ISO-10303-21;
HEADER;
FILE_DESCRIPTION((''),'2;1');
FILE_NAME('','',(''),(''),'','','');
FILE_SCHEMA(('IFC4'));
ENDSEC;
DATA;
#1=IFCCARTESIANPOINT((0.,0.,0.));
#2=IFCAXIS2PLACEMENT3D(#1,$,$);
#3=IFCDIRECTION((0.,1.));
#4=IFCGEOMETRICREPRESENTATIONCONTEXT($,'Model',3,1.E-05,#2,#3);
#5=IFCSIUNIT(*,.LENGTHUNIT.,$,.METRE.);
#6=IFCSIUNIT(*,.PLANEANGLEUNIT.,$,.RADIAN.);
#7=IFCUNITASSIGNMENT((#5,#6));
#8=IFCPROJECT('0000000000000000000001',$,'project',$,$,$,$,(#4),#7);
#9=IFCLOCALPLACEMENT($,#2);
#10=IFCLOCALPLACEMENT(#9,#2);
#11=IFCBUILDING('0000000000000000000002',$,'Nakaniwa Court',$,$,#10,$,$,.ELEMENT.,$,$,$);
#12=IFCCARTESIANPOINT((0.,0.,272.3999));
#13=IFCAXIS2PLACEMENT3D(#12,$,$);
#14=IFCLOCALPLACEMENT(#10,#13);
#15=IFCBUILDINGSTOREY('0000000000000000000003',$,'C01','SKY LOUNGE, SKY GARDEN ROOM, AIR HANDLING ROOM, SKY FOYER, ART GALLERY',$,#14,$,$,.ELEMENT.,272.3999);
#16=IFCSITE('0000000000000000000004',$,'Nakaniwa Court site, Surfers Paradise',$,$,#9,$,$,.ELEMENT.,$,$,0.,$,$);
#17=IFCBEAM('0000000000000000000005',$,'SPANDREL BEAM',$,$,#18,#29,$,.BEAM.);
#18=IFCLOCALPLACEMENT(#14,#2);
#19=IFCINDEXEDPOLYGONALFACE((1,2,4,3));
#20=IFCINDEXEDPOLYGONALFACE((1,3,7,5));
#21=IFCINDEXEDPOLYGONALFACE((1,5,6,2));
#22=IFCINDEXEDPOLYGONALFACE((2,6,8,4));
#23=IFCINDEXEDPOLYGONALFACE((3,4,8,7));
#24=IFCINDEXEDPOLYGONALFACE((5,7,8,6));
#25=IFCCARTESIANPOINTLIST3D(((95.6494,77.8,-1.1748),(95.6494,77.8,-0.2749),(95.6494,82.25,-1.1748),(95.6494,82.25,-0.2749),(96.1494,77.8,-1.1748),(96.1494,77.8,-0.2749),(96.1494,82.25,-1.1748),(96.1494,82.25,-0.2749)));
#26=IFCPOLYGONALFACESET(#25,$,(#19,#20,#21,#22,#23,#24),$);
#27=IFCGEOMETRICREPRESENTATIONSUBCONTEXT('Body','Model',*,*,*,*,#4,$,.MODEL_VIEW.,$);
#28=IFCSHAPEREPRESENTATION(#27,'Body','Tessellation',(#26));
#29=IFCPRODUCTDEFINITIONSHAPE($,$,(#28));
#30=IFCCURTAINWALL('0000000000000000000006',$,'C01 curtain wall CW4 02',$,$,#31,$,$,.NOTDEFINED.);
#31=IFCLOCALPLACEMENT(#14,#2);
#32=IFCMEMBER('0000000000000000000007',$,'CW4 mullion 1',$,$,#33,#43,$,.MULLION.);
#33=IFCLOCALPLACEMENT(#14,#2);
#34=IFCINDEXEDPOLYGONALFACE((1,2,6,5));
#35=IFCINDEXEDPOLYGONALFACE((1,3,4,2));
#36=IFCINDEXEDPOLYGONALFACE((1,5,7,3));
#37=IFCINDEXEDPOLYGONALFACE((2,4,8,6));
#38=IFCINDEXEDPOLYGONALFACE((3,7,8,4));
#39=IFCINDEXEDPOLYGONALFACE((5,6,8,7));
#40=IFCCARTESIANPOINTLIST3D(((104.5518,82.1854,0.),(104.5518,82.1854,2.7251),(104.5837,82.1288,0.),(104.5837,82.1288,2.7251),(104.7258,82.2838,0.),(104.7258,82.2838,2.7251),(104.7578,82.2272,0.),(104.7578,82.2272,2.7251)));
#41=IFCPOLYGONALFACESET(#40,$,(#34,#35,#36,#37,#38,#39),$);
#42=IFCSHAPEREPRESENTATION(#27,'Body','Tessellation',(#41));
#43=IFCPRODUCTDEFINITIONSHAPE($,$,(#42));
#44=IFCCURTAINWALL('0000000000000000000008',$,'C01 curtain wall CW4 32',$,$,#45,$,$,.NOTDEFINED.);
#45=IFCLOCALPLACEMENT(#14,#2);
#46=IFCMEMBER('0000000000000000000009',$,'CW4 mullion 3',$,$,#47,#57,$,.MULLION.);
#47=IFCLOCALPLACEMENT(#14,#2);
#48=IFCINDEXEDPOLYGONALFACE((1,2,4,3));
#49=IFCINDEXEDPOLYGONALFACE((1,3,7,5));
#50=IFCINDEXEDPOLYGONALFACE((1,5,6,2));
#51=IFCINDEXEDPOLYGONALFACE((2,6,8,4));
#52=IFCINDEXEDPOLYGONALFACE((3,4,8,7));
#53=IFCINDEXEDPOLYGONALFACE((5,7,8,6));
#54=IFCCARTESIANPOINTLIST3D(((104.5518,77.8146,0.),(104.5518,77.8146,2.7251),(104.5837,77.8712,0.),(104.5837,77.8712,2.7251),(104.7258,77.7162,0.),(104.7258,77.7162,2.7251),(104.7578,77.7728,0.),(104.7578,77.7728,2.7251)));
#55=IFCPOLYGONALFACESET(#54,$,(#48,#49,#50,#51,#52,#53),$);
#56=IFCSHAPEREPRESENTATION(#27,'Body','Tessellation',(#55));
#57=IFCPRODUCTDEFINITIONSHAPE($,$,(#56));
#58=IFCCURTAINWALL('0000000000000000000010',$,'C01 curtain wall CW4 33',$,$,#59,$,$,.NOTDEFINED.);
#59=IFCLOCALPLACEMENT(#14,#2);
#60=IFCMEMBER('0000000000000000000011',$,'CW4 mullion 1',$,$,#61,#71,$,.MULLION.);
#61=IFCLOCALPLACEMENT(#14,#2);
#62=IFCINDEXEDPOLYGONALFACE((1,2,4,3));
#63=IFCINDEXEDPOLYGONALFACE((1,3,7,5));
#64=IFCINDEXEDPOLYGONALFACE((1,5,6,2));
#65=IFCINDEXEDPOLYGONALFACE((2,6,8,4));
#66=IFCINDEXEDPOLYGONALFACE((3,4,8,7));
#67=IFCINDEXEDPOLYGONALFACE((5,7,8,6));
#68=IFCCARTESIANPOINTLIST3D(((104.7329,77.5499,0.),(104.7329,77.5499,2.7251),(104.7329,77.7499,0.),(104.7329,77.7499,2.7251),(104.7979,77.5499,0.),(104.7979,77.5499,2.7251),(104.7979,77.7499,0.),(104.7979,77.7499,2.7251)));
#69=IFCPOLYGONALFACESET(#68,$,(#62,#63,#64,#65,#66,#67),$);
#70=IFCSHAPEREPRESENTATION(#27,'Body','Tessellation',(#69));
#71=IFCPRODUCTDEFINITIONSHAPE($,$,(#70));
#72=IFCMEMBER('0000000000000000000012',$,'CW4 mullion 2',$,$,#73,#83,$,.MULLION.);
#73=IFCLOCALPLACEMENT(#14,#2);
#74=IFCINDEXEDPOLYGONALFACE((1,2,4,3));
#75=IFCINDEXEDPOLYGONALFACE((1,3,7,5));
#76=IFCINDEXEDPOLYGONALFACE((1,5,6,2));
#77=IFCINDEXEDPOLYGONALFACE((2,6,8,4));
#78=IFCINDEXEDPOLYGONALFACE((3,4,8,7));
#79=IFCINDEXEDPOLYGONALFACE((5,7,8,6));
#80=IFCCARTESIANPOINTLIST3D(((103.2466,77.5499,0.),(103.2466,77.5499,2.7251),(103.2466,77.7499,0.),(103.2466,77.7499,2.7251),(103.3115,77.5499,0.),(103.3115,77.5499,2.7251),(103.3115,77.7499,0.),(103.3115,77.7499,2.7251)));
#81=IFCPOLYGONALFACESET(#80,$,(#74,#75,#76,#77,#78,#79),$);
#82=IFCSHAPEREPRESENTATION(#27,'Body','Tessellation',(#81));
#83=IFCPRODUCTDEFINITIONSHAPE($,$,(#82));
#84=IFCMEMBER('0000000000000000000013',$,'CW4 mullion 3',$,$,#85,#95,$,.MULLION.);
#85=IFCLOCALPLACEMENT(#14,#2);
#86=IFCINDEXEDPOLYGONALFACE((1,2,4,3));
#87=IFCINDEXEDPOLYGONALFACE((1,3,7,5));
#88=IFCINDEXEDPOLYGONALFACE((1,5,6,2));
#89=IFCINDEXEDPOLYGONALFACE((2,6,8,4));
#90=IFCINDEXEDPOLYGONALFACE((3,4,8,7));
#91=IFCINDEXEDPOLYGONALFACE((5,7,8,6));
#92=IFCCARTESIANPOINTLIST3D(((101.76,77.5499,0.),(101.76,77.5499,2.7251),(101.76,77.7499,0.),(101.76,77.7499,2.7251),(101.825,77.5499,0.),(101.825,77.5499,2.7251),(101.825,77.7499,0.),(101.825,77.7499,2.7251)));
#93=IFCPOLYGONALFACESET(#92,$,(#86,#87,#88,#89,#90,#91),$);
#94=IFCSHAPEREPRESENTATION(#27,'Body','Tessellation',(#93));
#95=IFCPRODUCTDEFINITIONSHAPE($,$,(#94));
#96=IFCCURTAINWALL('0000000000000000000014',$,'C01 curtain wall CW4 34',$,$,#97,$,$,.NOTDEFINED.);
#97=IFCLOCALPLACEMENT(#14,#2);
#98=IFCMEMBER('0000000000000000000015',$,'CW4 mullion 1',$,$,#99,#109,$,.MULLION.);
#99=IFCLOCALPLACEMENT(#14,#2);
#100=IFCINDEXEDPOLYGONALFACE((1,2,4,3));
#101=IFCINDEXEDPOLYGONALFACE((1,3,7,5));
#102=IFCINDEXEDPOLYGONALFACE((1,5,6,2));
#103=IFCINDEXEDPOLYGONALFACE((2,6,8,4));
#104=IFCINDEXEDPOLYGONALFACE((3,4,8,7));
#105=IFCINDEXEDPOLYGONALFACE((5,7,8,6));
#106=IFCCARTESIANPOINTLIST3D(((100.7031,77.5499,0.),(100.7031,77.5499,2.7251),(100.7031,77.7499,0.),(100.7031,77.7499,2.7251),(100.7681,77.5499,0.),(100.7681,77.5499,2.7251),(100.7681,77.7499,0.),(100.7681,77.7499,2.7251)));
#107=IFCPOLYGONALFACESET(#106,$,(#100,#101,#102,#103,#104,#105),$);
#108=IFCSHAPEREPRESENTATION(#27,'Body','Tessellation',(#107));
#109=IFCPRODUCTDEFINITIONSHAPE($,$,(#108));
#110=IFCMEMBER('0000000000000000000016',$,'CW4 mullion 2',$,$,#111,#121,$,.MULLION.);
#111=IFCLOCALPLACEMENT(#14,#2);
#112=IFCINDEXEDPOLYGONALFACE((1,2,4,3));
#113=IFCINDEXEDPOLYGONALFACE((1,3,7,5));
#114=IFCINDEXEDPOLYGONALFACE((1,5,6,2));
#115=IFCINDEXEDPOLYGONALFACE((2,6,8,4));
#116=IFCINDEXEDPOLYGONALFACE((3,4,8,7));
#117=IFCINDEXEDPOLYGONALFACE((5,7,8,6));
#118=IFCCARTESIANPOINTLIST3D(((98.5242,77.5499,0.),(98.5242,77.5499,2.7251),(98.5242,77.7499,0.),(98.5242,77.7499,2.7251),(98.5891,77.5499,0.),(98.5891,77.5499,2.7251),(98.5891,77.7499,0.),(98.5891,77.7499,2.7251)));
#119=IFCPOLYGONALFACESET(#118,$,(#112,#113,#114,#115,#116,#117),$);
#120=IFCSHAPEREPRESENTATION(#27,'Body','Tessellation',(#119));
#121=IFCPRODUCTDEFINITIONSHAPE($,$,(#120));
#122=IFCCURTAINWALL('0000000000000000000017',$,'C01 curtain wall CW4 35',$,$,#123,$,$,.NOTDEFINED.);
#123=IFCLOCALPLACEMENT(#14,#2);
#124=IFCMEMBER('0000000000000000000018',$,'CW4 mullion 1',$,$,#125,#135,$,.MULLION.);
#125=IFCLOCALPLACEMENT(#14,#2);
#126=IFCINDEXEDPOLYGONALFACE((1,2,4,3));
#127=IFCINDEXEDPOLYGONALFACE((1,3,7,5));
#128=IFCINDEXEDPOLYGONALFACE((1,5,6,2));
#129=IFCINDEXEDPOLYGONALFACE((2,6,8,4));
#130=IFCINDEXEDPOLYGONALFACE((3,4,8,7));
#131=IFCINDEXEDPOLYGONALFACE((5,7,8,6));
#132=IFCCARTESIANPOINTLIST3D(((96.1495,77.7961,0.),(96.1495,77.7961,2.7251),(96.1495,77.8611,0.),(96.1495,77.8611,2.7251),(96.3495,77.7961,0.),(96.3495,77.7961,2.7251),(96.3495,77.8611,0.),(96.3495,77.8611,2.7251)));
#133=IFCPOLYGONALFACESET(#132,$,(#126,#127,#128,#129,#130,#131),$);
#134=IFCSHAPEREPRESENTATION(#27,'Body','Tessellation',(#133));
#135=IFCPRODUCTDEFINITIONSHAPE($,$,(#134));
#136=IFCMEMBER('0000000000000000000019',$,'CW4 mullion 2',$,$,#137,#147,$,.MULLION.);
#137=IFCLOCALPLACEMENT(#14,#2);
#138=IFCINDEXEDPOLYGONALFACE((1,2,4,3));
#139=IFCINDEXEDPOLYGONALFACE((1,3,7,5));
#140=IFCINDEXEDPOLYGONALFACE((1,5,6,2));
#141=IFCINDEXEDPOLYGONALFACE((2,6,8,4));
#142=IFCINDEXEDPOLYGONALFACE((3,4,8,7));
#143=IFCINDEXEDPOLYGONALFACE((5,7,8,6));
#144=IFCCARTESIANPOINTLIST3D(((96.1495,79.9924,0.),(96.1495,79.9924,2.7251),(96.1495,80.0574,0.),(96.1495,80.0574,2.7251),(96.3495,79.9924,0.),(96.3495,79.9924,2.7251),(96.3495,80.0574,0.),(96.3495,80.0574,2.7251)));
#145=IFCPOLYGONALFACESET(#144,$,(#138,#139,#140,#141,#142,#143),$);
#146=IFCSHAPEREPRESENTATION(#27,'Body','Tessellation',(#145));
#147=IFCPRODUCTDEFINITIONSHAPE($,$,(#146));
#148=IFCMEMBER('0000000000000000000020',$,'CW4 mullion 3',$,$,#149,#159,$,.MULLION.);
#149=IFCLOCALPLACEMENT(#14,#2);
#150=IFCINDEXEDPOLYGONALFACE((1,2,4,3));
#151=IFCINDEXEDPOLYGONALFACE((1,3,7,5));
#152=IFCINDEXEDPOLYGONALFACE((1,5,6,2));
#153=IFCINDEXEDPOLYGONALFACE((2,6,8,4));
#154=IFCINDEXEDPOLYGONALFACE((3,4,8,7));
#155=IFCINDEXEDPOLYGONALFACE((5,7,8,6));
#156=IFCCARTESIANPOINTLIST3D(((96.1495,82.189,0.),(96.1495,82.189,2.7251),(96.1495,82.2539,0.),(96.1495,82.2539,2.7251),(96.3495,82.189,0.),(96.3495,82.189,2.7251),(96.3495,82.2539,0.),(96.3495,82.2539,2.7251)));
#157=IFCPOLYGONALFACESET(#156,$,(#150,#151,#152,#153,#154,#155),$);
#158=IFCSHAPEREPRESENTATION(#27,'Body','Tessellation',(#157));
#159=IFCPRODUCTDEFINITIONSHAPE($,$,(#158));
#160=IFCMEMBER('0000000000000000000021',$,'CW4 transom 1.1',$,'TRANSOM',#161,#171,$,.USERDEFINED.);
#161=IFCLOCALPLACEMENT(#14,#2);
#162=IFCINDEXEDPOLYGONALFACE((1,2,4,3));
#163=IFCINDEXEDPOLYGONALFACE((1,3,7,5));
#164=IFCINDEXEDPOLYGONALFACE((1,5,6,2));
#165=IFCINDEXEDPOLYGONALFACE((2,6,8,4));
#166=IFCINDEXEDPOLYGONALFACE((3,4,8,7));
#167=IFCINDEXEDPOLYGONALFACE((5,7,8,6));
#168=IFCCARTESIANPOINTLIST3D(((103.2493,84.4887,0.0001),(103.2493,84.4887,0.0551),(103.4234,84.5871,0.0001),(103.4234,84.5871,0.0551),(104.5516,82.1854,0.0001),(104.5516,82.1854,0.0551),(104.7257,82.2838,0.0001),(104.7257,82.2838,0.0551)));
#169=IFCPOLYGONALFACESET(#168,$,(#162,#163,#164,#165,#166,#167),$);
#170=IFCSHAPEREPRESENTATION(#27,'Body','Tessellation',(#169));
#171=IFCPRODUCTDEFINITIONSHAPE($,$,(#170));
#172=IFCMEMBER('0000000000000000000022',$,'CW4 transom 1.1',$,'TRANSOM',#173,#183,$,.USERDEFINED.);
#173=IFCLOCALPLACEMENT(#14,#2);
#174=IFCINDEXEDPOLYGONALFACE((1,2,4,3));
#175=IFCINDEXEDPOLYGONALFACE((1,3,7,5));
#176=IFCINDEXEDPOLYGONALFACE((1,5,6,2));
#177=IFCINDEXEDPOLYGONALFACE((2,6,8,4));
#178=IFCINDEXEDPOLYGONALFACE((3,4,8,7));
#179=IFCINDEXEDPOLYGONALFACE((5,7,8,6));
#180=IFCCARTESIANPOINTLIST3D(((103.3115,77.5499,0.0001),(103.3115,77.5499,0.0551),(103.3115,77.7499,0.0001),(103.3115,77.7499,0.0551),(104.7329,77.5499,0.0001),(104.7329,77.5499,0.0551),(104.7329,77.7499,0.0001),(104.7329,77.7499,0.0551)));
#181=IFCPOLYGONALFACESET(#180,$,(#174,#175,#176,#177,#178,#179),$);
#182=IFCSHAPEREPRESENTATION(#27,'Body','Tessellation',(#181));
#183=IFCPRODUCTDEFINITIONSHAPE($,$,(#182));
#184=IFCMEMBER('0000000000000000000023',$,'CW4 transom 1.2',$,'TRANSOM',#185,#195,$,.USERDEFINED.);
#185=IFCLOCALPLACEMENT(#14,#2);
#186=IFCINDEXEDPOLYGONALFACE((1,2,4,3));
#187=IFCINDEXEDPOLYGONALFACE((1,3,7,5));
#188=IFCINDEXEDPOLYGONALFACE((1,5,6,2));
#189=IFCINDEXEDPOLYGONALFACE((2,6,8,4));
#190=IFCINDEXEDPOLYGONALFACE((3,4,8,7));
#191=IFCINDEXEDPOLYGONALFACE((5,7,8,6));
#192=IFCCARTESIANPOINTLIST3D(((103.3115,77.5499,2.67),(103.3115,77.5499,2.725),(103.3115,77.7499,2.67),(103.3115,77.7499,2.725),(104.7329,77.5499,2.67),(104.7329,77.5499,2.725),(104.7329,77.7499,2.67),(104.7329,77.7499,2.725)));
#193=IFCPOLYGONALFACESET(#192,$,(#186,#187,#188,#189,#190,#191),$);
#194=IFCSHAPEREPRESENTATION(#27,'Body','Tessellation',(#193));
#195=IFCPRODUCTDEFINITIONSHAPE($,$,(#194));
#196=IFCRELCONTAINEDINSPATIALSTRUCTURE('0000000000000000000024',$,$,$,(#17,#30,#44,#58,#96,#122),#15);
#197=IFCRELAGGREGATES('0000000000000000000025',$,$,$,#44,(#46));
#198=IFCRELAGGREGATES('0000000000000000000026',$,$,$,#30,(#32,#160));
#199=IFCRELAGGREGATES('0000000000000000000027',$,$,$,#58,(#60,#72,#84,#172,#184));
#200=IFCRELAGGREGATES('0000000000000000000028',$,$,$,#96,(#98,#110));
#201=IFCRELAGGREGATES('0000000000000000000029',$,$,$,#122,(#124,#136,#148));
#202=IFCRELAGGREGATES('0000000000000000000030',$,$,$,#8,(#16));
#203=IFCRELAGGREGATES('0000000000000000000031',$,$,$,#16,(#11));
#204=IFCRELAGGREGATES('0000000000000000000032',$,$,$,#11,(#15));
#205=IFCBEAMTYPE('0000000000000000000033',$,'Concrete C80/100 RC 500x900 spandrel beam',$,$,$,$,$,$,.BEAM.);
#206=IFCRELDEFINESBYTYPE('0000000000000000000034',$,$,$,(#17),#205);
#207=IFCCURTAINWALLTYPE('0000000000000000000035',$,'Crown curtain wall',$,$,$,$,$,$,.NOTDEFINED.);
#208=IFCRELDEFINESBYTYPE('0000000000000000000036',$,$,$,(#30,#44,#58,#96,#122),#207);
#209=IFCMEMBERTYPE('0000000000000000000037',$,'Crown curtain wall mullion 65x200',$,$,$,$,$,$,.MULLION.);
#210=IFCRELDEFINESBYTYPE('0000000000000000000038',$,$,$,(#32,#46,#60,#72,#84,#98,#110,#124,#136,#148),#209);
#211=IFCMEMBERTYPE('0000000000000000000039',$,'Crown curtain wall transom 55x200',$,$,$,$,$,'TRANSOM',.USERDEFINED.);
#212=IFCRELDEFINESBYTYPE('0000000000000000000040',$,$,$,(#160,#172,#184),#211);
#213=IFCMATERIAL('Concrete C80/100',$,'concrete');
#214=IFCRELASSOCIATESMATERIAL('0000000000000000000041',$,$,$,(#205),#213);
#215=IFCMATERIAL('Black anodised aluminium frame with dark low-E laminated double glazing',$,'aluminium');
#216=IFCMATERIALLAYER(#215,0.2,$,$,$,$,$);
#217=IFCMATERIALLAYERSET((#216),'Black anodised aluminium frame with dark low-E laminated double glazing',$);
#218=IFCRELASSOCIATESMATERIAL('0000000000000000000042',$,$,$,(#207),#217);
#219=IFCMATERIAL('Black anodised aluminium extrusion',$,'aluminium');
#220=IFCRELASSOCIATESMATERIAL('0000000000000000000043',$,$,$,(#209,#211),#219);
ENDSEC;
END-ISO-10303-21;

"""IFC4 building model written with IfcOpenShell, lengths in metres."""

from ifc_helpers import new_model, si_unit, direction, frame, origin, origin_2d, place, context, subcontext, project, spatial, rectangle, extrude, material, layer, layer_set, material_profile, profile_set, type_object, element, aggregate, save


model = new_model("IFC4")

# Units and contexts
model_context = context("Model", 3, precision=1e-05, world=origin(), true_north=direction((0.0, 1.0)))
body_context = subcontext(model_context, "Body", "Model", "MODEL_VIEW")
ifc_project = project(units=[si_unit("LENGTHUNIT", "METRE"), si_unit("PLANEANGLEUNIT", "RADIAN")], contexts=[model_context])

# Site, building, storey
site_placement = place(None, origin())
site = spatial("IfcSite", under=ifc_project, at=site_placement, Name="Nakaniwa Court site, Surfers Paradise", CompositionType="ELEMENT", RefElevation=0.0)
building_placement = place(site_placement, origin())
building = spatial("IfcBuilding", under=site, at=building_placement, Name="Nakaniwa Court", CompositionType="ELEMENT")
storey_placement = place(building_placement, frame((0.0, 0.0, 272.3999)))
storey = spatial("IfcBuildingStorey", under=building, at=storey_placement, Name="C01", Description="SKY LOUNGE, SKY GARDEN ROOM, AIR HANDLING ROOM, SKY FOYER, ART GALLERY", CompositionType="ELEMENT", Elevation=272.3999)

# Beam
ifc_material_1 = material(Name="Concrete C80/100", Category="concrete")
ifc_material_profile_1 = material_profile(ifc_material_1, rectangle(XDim=0.5, YDim=0.8999, at=origin_2d()), Name="Concrete C80/100 RC 500x900 spandrel beam")
ifc_profile_set_1 = profile_set([ifc_material_profile_1], Name="Concrete C80/100")
beam_type = type_object("IfcBeamType", Name="Concrete C80/100 RC 500x900 spandrel beam", PredefinedType="BEAM", material=ifc_profile_set_1)
beam_placement = place(storey_placement, frame((95.8994, 77.8, -0.7249), z_axis=(0.0, 1.0, 0.0), x_axis=(-1.0, 0.0, 0.0)))
element("IfcBeam", 1, at=beam_placement, inside=storey, type_object=beam_type, Name="SPANDREL BEAM", PredefinedType="BEAM", context=body_context, shape_type="SweptSolid", body=[
    extrude(rectangle(XDim=0.5, YDim=0.8999, at=origin_2d()), origin(), (0.0, 0.0, 1.0), 4.45),
])

# Curtain walls, members
ifc_material_2 = material(Name="Black anodised aluminium frame with dark low-E laminated double glazing", Category="aluminium")
ifc_layer_1 = layer(ifc_material_2, 0.2)
ifc_layer_set_1 = layer_set([ifc_layer_1], Name="Black anodised aluminium frame with dark low-E laminated double glazing")
curtain_wall_type = type_object("IfcCurtainWallType", Name="Crown curtain wall", PredefinedType="NOTDEFINED", material=ifc_layer_set_1)
curtain_wall_1_placement = place(storey_placement, origin())
curtain_wall_1 = element("IfcCurtainWall", 2, at=curtain_wall_1_placement, inside=storey, type_object=curtain_wall_type, Name="C01 curtain wall CW4 02", PredefinedType="NOTDEFINED")
ifc_material_3 = material(Name="Black anodised aluminium extrusion", Category="aluminium")
ifc_material_profile_2 = material_profile(ifc_material_3, rectangle(XDim=0.2, YDim=0.0649, at=origin_2d()), Name="Crown curtain wall mullion 65x200")
ifc_profile_set_2 = profile_set([ifc_material_profile_2], Name="Black anodised aluminium extrusion")
member_type_1 = type_object("IfcMemberType", Name="Crown curtain wall mullion 65x200", PredefinedType="MULLION", material=ifc_profile_set_2)
member_1_placement = place(storey_placement, frame((104.6548, 82.2063, 0.0), z_axis=(0.0, 0.0, 1.0), x_axis=(-0.870495, -0.492177, 0.0)))
member_1 = element("IfcMember", 3, at=member_1_placement, type_object=member_type_1, Name="CW4 mullion 1", PredefinedType="MULLION", context=body_context, shape_type="SweptSolid", body=[
    extrude(rectangle(XDim=0.2, YDim=0.0649, at=origin_2d()), origin(), (0.0, 0.0, 1.0), 2.7251),
])
curtain_wall_2_placement = place(storey_placement, origin())
curtain_wall_2 = element("IfcCurtainWall", 4, at=curtain_wall_2_placement, inside=storey, type_object=curtain_wall_type, Name="C01 curtain wall CW4 32", PredefinedType="NOTDEFINED")
member_2_placement = place(storey_placement, frame((104.6548, 77.7937, 0.0), z_axis=(0.0, 0.0, 1.0), x_axis=(-0.870495, 0.492177, 0.0)))
member_2 = element("IfcMember", 5, at=member_2_placement, type_object=member_type_1, Name="CW4 mullion 3", PredefinedType="MULLION", context=body_context, shape_type="SweptSolid", body=[
    extrude(rectangle(XDim=0.2, YDim=0.0649, at=origin_2d()), origin(), (0.0, 0.0, 1.0), 2.7251),
])
aggregate(curtain_wall_2, [member_2])

# Curtain walls, members
curtain_wall_3_placement = place(storey_placement, origin())
curtain_wall_3 = element("IfcCurtainWall", 6, at=curtain_wall_3_placement, inside=storey, type_object=curtain_wall_type, Name="C01 curtain wall CW4 33", PredefinedType="NOTDEFINED")
member_3_placement = place(storey_placement, frame((104.7654, 77.6499, 0.0), z_axis=(0.0, 0.0, 1.0), x_axis=(0.0, -1.0, 0.0)))
member_3 = element("IfcMember", 7, at=member_3_placement, type_object=member_type_1, Name="CW4 mullion 1", PredefinedType="MULLION", context=body_context, shape_type="SweptSolid", body=[
    extrude(rectangle(XDim=0.2, YDim=0.0649, at=origin_2d()), origin(), (0.0, 0.0, 1.0), 2.7251),
])
member_4_placement = place(storey_placement, frame((103.2791, 77.6499, 0.0), z_axis=(0.0, 0.0, 1.0), x_axis=(0.0, -1.0, 0.0)))
member_4 = element("IfcMember", 8, at=member_4_placement, type_object=member_type_1, Name="CW4 mullion 2", PredefinedType="MULLION", context=body_context, shape_type="SweptSolid", body=[
    extrude(rectangle(XDim=0.2, YDim=0.0649, at=origin_2d()), origin(), (0.0, 0.0, 1.0), 2.7251),
])
member_5_placement = place(storey_placement, frame((101.7925, 77.6499, 0.0), z_axis=(0.0, 0.0, 1.0), x_axis=(0.0, -1.0, 0.0)))
member_5 = element("IfcMember", 9, at=member_5_placement, type_object=member_type_1, Name="CW4 mullion 3", PredefinedType="MULLION", context=body_context, shape_type="SweptSolid", body=[
    extrude(rectangle(XDim=0.2, YDim=0.0649, at=origin_2d()), origin(), (0.0, 0.0, 1.0), 2.7251),
])
curtain_wall_4_placement = place(storey_placement, origin())
curtain_wall_4 = element("IfcCurtainWall", 10, at=curtain_wall_4_placement, inside=storey, type_object=curtain_wall_type, Name="C01 curtain wall CW4 34", PredefinedType="NOTDEFINED")
member_6_placement = place(storey_placement, frame((100.7356, 77.6499, 0.0), z_axis=(0.0, 0.0, 1.0), x_axis=(0.0, -1.0, 0.0)))
member_6 = element("IfcMember", 11, at=member_6_placement, type_object=member_type_1, Name="CW4 mullion 1", PredefinedType="MULLION", context=body_context, shape_type="SweptSolid", body=[
    extrude(rectangle(XDim=0.2, YDim=0.0649, at=origin_2d()), origin(), (0.0, 0.0, 1.0), 2.7251),
])
member_7_placement = place(storey_placement, frame((98.5566, 77.6499, 0.0), z_axis=(0.0, 0.0, 1.0), x_axis=(0.0, -1.0, 0.0)))
member_7 = element("IfcMember", 12, at=member_7_placement, type_object=member_type_1, Name="CW4 mullion 2", PredefinedType="MULLION", context=body_context, shape_type="SweptSolid", body=[
    extrude(rectangle(XDim=0.2, YDim=0.0649, at=origin_2d()), origin(), (0.0, 0.0, 1.0), 2.7251),
])
curtain_wall_5_placement = place(storey_placement, origin())
curtain_wall_5 = element("IfcCurtainWall", 13, at=curtain_wall_5_placement, inside=storey, type_object=curtain_wall_type, Name="C01 curtain wall CW4 35", PredefinedType="NOTDEFINED")
member_8_placement = place(storey_placement, frame((96.2495, 77.8286, 0.0), z_axis=(0.0, 0.0, 1.0), x_axis=(-1.0, 0.0, 0.0)))
member_8 = element("IfcMember", 14, at=member_8_placement, type_object=member_type_1, Name="CW4 mullion 1", PredefinedType="MULLION", context=body_context, shape_type="SweptSolid", body=[
    extrude(rectangle(XDim=0.2, YDim=0.0649, at=origin_2d()), origin(), (0.0, 0.0, 1.0), 2.7251),
])
member_9_placement = place(storey_placement, frame((96.2495, 80.0249, 0.0), z_axis=(0.0, 0.0, 1.0), x_axis=(-1.0, 0.0, 0.0)))
member_9 = element("IfcMember", 15, at=member_9_placement, type_object=member_type_1, Name="CW4 mullion 2", PredefinedType="MULLION", context=body_context, shape_type="SweptSolid", body=[
    extrude(rectangle(XDim=0.2, YDim=0.0649, at=origin_2d()), origin(), (0.0, 0.0, 1.0), 2.7251),
])
member_10_placement = place(storey_placement, frame((96.2495, 82.2214, 0.0), z_axis=(0.0, 0.0, 1.0), x_axis=(-1.0, 0.0, 0.0)))
member_10 = element("IfcMember", 16, at=member_10_placement, type_object=member_type_1, Name="CW4 mullion 3", PredefinedType="MULLION", context=body_context, shape_type="SweptSolid", body=[
    extrude(rectangle(XDim=0.2, YDim=0.0649, at=origin_2d()), origin(), (0.0, 0.0, 1.0), 2.7251),
])

# Members
ifc_material_profile_3 = material_profile(ifc_material_3, rectangle(XDim=0.2, YDim=0.0549, at=origin_2d()), Name="Crown curtain wall transom 55x200")
ifc_profile_set_3 = profile_set([ifc_material_profile_3], Name="Black anodised aluminium extrusion")
member_type_2 = type_object("IfcMemberType", Name="Crown curtain wall transom 55x200", ElementType="TRANSOM", PredefinedType="USERDEFINED", material=ifc_profile_set_3)
member_11_placement = place(storey_placement, frame((104.6387, 82.2346, 0.0276), z_axis=(-0.492179, 0.870494, 0.0), x_axis=(-0.870494, -0.492179, 0.0)))
member_11 = element("IfcMember", 17, at=member_11_placement, type_object=member_type_2, Name="CW4 transom 1.1", ObjectType="TRANSOM", PredefinedType="USERDEFINED", context=body_context, shape_type="SweptSolid", body=[
    extrude(rectangle(XDim=0.2, YDim=0.0549, at=origin_2d()), origin(), (0.0, 0.0, 1.0), 2.646),
])
aggregate(curtain_wall_1, [member_1, member_11])
member_12_placement = place(storey_placement, frame((104.7329, 77.6499, 0.0276), z_axis=(-1.0, 0.0, 0.0), x_axis=(0.0, -1.0, 0.0)))
member_12 = element("IfcMember", 18, at=member_12_placement, type_object=member_type_2, Name="CW4 transom 1.1", ObjectType="TRANSOM", PredefinedType="USERDEFINED", context=body_context, shape_type="SweptSolid", body=[
    extrude(rectangle(XDim=0.2, YDim=0.0549, at=origin_2d()), origin(), (0.0, 0.0, 1.0), 1.4214),
])
member_13_placement = place(storey_placement, frame((104.7329, 77.6499, 2.6975), z_axis=(-1.0, 0.0, 0.0), x_axis=(0.0, -1.0, 0.0)))
member_13 = element("IfcMember", 19, at=member_13_placement, type_object=member_type_2, Name="CW4 transom 1.2", ObjectType="TRANSOM", PredefinedType="USERDEFINED", context=body_context, shape_type="SweptSolid", body=[
    extrude(rectangle(XDim=0.2, YDim=0.0549, at=origin_2d()), origin(), (0.0, 0.0, 1.0), 1.4214),
])

aggregate(curtain_wall_3, [member_3, member_4, member_5, member_12, member_13])
aggregate(curtain_wall_4, [member_6, member_7])
aggregate(curtain_wall_5, [member_8, member_9, member_10])

save(model, "model.ifc")
